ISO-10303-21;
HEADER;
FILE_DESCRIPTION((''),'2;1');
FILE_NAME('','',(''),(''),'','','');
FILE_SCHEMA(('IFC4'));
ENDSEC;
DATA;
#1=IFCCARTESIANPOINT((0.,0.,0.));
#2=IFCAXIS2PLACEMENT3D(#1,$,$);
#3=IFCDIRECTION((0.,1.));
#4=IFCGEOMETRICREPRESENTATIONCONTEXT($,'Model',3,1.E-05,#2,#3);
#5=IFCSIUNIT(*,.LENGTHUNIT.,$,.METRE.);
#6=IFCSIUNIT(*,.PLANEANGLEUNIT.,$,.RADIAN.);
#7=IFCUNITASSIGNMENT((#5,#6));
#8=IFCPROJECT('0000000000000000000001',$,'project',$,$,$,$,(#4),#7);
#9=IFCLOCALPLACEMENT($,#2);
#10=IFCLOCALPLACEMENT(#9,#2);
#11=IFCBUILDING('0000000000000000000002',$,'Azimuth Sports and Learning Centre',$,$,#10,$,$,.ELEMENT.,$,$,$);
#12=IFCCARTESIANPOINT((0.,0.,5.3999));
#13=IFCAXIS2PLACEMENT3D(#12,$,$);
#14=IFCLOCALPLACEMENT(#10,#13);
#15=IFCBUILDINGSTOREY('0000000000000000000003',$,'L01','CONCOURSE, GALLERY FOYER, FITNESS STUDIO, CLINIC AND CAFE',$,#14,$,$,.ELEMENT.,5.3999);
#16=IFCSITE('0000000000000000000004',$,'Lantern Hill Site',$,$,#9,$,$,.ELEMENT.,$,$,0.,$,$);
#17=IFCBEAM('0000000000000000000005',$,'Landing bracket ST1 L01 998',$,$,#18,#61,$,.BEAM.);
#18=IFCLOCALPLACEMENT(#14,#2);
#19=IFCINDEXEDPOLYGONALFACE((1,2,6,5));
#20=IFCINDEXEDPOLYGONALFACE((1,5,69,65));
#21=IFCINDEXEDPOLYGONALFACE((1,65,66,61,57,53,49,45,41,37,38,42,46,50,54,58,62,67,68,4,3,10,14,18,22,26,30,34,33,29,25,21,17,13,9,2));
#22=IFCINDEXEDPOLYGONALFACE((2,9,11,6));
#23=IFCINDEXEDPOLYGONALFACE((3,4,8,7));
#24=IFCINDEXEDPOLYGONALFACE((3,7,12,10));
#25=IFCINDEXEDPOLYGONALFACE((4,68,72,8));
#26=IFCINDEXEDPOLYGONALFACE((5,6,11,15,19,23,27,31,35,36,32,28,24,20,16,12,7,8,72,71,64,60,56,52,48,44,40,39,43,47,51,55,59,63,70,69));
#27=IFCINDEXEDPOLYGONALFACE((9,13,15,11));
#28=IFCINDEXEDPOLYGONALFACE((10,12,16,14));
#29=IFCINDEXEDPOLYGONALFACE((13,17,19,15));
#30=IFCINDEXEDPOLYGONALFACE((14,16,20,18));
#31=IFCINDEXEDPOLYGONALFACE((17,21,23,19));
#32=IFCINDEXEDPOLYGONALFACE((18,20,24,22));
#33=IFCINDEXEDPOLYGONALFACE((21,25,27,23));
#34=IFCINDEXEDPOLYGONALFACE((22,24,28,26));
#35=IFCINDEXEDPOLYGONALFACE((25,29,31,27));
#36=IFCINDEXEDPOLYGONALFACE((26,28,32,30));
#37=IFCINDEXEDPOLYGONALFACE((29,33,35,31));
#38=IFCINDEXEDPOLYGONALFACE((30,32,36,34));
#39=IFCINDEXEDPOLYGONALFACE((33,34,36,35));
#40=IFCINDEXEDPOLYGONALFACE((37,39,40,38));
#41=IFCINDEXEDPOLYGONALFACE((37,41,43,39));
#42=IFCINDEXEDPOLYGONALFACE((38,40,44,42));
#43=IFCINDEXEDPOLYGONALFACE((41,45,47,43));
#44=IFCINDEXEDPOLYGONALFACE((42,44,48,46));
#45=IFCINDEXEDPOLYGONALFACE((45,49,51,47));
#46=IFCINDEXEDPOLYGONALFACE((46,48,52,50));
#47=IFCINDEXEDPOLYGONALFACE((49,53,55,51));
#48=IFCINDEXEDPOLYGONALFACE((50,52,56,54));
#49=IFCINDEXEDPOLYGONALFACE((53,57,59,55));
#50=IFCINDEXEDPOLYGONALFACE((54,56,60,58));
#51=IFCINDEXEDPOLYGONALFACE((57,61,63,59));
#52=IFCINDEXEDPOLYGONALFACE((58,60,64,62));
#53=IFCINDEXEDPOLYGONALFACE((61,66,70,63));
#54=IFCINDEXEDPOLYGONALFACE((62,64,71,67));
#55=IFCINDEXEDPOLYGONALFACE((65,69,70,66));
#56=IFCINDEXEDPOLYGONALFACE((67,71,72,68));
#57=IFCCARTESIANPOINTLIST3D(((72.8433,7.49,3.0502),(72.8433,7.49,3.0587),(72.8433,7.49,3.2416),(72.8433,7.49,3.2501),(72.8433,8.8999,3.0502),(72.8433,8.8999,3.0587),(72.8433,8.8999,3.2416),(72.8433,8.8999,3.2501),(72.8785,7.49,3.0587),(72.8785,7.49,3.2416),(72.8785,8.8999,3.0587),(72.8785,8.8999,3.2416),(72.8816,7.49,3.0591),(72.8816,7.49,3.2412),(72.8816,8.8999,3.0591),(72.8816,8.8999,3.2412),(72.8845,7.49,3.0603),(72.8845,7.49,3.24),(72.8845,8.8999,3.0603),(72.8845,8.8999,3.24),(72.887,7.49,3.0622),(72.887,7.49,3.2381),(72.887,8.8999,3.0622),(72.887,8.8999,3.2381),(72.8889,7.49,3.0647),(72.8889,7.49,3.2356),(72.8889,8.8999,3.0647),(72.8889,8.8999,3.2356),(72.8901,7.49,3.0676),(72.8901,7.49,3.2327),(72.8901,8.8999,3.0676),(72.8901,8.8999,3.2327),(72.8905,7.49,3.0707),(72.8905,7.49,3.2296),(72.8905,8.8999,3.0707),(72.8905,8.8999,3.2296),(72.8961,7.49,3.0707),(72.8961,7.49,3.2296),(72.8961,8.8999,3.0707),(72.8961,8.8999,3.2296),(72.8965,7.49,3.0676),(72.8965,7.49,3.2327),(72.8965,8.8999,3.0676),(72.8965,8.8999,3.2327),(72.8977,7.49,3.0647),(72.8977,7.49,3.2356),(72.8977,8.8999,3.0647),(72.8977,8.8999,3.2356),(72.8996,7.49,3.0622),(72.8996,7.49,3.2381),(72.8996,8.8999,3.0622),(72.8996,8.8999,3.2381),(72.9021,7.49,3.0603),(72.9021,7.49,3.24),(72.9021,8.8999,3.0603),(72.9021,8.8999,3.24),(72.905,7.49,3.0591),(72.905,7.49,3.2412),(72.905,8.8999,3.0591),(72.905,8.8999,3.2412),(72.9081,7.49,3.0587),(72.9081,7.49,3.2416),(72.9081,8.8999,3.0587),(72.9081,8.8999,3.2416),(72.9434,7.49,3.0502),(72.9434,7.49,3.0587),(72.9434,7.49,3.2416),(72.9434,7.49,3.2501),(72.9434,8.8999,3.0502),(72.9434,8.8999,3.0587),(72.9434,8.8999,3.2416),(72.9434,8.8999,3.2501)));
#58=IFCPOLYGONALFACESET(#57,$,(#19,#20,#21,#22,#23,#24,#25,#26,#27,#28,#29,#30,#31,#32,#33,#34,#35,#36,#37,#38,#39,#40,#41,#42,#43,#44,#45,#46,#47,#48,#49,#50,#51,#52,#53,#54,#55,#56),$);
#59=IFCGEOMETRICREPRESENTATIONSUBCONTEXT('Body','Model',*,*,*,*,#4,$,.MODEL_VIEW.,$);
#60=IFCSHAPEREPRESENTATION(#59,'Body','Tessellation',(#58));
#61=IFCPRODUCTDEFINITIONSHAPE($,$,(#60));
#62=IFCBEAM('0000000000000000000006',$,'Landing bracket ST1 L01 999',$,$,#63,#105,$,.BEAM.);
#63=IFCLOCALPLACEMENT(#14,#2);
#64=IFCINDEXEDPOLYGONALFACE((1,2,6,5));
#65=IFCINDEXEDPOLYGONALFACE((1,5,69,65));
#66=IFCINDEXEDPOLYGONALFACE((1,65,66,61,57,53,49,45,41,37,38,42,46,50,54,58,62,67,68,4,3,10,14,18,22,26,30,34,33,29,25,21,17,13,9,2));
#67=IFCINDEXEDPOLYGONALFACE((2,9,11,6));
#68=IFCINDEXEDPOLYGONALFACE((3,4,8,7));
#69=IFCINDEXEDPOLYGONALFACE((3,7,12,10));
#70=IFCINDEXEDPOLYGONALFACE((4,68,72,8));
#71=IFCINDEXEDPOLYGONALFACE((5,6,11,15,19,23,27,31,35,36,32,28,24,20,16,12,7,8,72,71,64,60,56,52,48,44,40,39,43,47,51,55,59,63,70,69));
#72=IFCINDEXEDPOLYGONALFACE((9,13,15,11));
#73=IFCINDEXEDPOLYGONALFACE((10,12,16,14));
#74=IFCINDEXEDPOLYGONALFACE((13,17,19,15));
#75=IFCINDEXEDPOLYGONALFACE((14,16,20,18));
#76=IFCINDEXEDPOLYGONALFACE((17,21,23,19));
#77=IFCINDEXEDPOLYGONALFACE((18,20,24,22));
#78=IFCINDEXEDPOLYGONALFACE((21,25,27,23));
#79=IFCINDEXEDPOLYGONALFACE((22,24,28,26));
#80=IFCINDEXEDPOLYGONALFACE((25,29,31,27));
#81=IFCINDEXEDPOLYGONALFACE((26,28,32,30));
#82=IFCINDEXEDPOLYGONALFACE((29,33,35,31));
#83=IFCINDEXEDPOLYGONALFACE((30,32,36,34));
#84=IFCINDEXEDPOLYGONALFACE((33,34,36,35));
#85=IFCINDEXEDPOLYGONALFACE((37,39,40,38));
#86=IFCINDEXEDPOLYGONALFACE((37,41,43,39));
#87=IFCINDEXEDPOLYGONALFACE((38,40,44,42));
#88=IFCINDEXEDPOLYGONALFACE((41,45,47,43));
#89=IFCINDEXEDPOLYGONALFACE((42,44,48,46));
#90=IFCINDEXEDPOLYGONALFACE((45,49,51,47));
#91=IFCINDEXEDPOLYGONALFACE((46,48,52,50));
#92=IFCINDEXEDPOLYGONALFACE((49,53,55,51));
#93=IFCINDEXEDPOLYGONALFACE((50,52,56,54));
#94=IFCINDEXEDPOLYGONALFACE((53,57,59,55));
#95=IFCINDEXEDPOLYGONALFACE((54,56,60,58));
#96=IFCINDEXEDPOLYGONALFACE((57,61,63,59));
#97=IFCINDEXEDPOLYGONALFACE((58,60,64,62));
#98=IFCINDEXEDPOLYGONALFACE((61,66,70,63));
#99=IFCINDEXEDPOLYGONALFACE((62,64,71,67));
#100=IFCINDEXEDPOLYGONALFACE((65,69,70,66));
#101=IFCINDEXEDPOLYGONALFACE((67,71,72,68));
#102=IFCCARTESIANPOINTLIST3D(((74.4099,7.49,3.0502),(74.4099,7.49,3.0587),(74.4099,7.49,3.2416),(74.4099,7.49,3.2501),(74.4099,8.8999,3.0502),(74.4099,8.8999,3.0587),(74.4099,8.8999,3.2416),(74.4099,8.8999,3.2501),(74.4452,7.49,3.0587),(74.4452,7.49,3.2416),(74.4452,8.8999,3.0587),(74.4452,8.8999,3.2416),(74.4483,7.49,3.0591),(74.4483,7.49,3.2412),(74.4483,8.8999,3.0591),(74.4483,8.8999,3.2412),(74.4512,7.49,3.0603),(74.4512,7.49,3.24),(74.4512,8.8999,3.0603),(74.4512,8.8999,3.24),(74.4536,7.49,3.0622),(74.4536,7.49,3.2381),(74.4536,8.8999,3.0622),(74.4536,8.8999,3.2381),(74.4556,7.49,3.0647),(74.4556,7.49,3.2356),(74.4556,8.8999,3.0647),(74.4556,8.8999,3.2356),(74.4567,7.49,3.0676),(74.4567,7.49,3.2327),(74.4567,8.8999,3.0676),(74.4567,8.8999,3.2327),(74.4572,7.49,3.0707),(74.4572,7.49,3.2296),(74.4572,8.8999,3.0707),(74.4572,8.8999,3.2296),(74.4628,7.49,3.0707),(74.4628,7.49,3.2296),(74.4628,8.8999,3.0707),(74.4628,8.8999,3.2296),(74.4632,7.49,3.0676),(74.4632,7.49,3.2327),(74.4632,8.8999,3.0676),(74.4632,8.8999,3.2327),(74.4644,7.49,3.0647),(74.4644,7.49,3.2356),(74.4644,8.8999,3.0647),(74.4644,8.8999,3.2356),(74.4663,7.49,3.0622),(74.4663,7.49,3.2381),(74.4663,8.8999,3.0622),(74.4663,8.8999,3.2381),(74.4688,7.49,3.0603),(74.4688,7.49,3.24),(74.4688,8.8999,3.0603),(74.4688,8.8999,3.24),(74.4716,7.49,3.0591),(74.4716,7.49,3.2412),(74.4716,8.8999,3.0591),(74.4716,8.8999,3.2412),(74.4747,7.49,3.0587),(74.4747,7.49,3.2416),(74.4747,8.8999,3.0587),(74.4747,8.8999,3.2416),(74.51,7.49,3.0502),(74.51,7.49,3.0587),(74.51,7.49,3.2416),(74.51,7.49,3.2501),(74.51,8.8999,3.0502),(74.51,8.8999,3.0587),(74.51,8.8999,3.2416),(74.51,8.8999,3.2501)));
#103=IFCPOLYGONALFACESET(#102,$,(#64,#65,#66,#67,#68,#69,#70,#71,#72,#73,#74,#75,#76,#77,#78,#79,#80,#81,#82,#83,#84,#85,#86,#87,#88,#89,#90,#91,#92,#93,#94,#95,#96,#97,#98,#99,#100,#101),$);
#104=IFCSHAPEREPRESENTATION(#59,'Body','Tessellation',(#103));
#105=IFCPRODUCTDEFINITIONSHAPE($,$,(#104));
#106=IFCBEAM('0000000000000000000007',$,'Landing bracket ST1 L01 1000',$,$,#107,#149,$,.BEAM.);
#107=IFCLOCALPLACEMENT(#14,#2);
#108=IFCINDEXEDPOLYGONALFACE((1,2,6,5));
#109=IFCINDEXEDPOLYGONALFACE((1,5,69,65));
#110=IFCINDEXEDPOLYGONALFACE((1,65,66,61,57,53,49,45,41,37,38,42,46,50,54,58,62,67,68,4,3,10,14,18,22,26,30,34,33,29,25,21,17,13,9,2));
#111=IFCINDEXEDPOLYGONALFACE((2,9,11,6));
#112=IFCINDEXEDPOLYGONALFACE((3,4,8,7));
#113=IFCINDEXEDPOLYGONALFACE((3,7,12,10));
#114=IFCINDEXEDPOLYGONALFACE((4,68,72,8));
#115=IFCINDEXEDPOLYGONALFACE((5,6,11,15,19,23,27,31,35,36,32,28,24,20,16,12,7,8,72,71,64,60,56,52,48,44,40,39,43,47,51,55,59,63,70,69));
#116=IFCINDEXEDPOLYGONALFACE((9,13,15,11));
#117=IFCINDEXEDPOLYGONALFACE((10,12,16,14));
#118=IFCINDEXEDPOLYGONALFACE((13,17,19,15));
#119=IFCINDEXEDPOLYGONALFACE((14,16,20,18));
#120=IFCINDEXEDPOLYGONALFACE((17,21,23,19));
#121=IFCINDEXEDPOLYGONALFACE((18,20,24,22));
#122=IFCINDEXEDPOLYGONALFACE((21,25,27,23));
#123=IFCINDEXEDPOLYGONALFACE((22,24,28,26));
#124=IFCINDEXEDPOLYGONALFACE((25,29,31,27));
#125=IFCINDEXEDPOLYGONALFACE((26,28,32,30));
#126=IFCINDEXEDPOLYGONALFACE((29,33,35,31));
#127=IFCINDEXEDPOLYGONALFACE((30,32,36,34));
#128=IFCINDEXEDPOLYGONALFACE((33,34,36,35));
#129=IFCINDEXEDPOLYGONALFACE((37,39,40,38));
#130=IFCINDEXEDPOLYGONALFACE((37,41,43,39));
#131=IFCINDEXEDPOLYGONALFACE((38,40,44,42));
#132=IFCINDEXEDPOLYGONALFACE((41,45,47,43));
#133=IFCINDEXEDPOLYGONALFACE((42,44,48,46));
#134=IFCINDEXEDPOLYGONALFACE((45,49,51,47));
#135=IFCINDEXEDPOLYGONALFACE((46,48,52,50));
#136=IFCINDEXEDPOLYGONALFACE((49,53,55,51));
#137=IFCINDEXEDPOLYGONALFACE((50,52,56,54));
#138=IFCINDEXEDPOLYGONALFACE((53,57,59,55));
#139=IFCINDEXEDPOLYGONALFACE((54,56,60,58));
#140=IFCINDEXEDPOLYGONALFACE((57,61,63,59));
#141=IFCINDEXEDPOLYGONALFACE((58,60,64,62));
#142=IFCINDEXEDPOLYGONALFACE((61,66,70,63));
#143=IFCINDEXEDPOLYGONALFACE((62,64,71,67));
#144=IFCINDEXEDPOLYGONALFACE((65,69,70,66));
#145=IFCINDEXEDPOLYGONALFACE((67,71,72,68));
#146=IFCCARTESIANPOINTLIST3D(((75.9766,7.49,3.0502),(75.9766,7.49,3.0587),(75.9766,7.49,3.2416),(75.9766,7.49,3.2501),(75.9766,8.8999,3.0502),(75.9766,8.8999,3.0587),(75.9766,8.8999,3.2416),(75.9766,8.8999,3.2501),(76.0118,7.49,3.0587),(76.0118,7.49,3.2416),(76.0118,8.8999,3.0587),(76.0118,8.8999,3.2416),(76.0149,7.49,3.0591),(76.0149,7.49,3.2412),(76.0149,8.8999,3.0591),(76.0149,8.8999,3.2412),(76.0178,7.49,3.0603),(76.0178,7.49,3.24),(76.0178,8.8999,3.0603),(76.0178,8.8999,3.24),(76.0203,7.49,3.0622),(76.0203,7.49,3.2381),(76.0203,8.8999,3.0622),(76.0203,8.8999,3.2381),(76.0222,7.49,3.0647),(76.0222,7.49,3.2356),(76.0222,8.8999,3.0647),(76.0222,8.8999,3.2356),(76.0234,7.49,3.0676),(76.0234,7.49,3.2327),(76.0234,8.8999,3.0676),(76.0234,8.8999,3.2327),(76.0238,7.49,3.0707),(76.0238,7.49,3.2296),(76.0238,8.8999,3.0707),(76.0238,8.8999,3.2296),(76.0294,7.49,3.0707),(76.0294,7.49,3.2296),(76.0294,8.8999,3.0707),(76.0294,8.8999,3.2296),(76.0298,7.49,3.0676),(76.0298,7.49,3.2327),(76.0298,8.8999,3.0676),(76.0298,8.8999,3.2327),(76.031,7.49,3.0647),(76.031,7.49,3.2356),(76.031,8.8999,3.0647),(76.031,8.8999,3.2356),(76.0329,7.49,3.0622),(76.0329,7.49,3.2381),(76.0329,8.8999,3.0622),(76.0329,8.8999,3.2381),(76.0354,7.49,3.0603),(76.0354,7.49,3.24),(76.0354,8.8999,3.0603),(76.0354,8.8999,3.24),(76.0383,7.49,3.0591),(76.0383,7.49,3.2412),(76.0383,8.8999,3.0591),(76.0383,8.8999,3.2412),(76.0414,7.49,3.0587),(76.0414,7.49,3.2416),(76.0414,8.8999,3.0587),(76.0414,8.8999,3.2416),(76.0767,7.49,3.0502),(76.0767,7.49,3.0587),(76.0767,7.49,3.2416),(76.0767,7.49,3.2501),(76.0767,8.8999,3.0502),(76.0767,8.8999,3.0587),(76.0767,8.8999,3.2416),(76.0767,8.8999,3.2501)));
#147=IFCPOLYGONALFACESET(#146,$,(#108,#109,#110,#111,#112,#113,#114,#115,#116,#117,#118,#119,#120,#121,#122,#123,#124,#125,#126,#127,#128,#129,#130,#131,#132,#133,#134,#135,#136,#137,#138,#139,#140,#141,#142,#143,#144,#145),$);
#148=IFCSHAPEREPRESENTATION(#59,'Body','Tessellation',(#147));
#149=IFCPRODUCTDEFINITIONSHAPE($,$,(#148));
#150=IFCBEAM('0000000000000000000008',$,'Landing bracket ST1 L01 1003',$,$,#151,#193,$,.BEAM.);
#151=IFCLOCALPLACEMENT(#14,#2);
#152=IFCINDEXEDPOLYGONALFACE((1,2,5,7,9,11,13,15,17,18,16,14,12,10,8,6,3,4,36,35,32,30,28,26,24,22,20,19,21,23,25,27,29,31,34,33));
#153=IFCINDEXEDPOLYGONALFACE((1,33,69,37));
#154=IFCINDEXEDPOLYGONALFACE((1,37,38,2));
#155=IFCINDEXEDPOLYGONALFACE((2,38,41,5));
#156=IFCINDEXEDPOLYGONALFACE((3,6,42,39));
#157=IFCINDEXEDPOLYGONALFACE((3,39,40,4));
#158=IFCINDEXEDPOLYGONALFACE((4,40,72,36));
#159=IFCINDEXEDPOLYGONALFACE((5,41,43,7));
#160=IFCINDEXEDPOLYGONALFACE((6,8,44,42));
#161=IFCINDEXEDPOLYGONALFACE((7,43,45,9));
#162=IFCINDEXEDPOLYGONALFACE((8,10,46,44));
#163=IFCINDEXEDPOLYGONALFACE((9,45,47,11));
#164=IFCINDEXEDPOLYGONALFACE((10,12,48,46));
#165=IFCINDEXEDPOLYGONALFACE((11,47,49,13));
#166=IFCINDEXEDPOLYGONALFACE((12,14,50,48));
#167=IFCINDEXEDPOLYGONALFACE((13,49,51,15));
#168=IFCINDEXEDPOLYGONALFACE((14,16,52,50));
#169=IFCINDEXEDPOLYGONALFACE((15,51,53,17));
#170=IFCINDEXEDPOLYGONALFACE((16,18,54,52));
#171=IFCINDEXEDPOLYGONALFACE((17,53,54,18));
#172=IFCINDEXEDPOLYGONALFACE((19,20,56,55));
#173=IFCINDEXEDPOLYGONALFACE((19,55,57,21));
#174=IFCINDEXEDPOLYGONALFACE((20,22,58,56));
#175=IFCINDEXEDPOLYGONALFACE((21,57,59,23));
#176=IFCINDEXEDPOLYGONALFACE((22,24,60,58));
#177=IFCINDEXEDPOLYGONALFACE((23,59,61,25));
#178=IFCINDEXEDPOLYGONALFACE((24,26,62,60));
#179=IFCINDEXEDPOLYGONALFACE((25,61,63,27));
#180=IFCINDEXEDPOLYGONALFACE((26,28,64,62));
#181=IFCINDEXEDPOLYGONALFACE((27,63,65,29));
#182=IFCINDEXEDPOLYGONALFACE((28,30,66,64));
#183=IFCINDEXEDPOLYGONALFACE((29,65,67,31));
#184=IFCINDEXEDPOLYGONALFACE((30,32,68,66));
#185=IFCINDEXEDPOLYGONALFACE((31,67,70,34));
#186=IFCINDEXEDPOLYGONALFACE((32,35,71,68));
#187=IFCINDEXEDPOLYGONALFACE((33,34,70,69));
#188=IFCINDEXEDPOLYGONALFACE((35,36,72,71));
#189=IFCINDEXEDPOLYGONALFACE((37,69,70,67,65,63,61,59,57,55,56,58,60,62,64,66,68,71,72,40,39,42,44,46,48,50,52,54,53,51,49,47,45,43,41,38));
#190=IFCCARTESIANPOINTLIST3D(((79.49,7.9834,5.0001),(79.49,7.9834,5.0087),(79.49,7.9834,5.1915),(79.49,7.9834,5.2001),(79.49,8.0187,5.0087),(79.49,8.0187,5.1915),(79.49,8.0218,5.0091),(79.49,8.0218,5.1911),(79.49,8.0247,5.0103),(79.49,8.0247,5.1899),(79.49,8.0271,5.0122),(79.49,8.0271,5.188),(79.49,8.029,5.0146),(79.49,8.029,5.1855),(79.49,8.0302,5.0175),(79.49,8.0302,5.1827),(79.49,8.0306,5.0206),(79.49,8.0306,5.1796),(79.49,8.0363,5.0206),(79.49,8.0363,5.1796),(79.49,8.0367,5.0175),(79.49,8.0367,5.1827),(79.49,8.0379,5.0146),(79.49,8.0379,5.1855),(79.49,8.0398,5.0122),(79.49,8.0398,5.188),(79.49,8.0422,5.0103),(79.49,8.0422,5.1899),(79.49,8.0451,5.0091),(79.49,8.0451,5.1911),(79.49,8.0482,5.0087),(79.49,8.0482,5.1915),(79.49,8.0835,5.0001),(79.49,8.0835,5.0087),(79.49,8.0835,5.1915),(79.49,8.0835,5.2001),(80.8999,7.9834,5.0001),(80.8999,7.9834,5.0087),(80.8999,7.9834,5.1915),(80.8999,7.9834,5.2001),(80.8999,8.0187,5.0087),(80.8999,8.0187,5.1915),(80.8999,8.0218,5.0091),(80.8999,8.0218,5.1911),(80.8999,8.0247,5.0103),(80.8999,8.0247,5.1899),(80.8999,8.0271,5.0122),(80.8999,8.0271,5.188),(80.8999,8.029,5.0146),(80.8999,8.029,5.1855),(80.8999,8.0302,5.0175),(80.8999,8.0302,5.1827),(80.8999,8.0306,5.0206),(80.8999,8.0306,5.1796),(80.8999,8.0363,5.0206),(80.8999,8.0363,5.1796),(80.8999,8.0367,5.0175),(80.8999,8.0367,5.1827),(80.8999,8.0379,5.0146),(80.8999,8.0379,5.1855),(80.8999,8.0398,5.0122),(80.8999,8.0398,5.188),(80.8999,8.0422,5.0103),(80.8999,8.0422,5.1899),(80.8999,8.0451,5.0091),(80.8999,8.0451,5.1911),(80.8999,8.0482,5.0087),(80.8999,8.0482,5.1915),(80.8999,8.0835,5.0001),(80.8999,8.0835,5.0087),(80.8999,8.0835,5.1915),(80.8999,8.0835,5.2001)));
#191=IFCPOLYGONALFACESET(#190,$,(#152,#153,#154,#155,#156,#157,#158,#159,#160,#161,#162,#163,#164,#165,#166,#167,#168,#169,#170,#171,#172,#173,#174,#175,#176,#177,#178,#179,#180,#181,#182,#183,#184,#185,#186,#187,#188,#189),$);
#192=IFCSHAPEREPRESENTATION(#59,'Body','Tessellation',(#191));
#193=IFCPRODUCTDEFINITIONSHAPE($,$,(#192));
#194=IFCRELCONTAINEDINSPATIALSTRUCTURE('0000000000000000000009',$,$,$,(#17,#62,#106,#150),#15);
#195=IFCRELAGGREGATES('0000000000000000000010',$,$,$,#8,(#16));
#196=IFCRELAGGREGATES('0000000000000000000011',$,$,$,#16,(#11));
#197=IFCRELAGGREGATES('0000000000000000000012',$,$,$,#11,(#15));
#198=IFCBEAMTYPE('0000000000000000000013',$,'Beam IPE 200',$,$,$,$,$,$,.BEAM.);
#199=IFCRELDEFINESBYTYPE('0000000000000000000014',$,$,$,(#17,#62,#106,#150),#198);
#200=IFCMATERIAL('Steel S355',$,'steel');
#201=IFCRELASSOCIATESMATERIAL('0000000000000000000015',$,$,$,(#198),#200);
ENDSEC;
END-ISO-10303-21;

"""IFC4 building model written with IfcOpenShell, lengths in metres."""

from ifc_helpers import new_model, si_unit, direction, frame, origin, origin_2d, place, context, subcontext, project, spatial, i_section, extrude, material, material_profile, profile_set, type_object, element, save


model = new_model("IFC4")

# Units and contexts
model_context = context("Model", 3, precision=1e-05, world=origin(), true_north=direction((0.0, 1.0)))
body_context = subcontext(model_context, "Body", "Model", "MODEL_VIEW")
ifc_project = project(units=[si_unit("LENGTHUNIT", "METRE"), si_unit("PLANEANGLEUNIT", "RADIAN")], contexts=[model_context])

# Site, building, storey
site_placement = place(None, origin())
site = spatial("IfcSite", under=ifc_project, at=site_placement, Name="Lantern Hill Site", CompositionType="ELEMENT", RefElevation=0.0)
building_placement = place(site_placement, origin())
building = spatial("IfcBuilding", under=site, at=building_placement, Name="Azimuth Sports and Learning Centre", CompositionType="ELEMENT")
storey_placement = place(building_placement, frame((0.0, 0.0, 5.3999)))
storey = spatial("IfcBuildingStorey", under=building, at=storey_placement, Name="L01", Description="CONCOURSE, GALLERY FOYER, FITNESS STUDIO, CLINIC AND CAFE", CompositionType="ELEMENT", Elevation=5.3999)

# Beams
ifc_material_1 = material(Name="Steel S355", Category="steel")
ifc_material_profile_1 = material_profile(ifc_material_1, i_section(OverallWidth=0.1001, OverallDepth=0.2, WebThickness=0.0056, FlangeThickness=0.0085, FilletRadius=0.012, at=origin_2d()), Name="IPE 200")
ifc_profile_set_1 = profile_set([ifc_material_profile_1], Name="Steel S355")
beam_type_1 = type_object("IfcBeamType", Name="Beam IPE 200", PredefinedType="BEAM", material=ifc_profile_set_1)
for number, where, z_axis, x_axis, name in (
    (1, (72.8933, 8.8999, 3.1501), (0.0, -1.0, 0.0), (1.0, 0.0, 0.0), "Landing bracket ST1 L01 998"),
    (2, (74.46, 8.8999, 3.1501), (0.0, -1.0, 0.0), (1.0, 0.0, 0.0), "Landing bracket ST1 L01 999"),
    (3, (76.0266, 8.8999, 3.1501), (0.0, -1.0, 0.0), (1.0, 0.0, 0.0), "Landing bracket ST1 L01 1000"),
    (4, (80.8999, 8.0334, 5.1001), (-1.0, 0.0, 0.0), (0.0, -1.0, 0.0), "Landing bracket ST1 L01 1003"),
):
    element("IfcBeam", number, at=place(storey_placement, frame(where, z_axis=z_axis, x_axis=x_axis)), inside=storey, type_object=beam_type_1, Name=name, PredefinedType="BEAM", context=body_context, shape_type="SweptSolid", body=[
        extrude(i_section(OverallWidth=0.1001, OverallDepth=0.2, WebThickness=0.0056, FlangeThickness=0.0085, FilletRadius=0.012, at=origin_2d()), origin(), (0.0, 0.0, 1.0), 1.4099),
    ])

save(model, "model.ifc")
